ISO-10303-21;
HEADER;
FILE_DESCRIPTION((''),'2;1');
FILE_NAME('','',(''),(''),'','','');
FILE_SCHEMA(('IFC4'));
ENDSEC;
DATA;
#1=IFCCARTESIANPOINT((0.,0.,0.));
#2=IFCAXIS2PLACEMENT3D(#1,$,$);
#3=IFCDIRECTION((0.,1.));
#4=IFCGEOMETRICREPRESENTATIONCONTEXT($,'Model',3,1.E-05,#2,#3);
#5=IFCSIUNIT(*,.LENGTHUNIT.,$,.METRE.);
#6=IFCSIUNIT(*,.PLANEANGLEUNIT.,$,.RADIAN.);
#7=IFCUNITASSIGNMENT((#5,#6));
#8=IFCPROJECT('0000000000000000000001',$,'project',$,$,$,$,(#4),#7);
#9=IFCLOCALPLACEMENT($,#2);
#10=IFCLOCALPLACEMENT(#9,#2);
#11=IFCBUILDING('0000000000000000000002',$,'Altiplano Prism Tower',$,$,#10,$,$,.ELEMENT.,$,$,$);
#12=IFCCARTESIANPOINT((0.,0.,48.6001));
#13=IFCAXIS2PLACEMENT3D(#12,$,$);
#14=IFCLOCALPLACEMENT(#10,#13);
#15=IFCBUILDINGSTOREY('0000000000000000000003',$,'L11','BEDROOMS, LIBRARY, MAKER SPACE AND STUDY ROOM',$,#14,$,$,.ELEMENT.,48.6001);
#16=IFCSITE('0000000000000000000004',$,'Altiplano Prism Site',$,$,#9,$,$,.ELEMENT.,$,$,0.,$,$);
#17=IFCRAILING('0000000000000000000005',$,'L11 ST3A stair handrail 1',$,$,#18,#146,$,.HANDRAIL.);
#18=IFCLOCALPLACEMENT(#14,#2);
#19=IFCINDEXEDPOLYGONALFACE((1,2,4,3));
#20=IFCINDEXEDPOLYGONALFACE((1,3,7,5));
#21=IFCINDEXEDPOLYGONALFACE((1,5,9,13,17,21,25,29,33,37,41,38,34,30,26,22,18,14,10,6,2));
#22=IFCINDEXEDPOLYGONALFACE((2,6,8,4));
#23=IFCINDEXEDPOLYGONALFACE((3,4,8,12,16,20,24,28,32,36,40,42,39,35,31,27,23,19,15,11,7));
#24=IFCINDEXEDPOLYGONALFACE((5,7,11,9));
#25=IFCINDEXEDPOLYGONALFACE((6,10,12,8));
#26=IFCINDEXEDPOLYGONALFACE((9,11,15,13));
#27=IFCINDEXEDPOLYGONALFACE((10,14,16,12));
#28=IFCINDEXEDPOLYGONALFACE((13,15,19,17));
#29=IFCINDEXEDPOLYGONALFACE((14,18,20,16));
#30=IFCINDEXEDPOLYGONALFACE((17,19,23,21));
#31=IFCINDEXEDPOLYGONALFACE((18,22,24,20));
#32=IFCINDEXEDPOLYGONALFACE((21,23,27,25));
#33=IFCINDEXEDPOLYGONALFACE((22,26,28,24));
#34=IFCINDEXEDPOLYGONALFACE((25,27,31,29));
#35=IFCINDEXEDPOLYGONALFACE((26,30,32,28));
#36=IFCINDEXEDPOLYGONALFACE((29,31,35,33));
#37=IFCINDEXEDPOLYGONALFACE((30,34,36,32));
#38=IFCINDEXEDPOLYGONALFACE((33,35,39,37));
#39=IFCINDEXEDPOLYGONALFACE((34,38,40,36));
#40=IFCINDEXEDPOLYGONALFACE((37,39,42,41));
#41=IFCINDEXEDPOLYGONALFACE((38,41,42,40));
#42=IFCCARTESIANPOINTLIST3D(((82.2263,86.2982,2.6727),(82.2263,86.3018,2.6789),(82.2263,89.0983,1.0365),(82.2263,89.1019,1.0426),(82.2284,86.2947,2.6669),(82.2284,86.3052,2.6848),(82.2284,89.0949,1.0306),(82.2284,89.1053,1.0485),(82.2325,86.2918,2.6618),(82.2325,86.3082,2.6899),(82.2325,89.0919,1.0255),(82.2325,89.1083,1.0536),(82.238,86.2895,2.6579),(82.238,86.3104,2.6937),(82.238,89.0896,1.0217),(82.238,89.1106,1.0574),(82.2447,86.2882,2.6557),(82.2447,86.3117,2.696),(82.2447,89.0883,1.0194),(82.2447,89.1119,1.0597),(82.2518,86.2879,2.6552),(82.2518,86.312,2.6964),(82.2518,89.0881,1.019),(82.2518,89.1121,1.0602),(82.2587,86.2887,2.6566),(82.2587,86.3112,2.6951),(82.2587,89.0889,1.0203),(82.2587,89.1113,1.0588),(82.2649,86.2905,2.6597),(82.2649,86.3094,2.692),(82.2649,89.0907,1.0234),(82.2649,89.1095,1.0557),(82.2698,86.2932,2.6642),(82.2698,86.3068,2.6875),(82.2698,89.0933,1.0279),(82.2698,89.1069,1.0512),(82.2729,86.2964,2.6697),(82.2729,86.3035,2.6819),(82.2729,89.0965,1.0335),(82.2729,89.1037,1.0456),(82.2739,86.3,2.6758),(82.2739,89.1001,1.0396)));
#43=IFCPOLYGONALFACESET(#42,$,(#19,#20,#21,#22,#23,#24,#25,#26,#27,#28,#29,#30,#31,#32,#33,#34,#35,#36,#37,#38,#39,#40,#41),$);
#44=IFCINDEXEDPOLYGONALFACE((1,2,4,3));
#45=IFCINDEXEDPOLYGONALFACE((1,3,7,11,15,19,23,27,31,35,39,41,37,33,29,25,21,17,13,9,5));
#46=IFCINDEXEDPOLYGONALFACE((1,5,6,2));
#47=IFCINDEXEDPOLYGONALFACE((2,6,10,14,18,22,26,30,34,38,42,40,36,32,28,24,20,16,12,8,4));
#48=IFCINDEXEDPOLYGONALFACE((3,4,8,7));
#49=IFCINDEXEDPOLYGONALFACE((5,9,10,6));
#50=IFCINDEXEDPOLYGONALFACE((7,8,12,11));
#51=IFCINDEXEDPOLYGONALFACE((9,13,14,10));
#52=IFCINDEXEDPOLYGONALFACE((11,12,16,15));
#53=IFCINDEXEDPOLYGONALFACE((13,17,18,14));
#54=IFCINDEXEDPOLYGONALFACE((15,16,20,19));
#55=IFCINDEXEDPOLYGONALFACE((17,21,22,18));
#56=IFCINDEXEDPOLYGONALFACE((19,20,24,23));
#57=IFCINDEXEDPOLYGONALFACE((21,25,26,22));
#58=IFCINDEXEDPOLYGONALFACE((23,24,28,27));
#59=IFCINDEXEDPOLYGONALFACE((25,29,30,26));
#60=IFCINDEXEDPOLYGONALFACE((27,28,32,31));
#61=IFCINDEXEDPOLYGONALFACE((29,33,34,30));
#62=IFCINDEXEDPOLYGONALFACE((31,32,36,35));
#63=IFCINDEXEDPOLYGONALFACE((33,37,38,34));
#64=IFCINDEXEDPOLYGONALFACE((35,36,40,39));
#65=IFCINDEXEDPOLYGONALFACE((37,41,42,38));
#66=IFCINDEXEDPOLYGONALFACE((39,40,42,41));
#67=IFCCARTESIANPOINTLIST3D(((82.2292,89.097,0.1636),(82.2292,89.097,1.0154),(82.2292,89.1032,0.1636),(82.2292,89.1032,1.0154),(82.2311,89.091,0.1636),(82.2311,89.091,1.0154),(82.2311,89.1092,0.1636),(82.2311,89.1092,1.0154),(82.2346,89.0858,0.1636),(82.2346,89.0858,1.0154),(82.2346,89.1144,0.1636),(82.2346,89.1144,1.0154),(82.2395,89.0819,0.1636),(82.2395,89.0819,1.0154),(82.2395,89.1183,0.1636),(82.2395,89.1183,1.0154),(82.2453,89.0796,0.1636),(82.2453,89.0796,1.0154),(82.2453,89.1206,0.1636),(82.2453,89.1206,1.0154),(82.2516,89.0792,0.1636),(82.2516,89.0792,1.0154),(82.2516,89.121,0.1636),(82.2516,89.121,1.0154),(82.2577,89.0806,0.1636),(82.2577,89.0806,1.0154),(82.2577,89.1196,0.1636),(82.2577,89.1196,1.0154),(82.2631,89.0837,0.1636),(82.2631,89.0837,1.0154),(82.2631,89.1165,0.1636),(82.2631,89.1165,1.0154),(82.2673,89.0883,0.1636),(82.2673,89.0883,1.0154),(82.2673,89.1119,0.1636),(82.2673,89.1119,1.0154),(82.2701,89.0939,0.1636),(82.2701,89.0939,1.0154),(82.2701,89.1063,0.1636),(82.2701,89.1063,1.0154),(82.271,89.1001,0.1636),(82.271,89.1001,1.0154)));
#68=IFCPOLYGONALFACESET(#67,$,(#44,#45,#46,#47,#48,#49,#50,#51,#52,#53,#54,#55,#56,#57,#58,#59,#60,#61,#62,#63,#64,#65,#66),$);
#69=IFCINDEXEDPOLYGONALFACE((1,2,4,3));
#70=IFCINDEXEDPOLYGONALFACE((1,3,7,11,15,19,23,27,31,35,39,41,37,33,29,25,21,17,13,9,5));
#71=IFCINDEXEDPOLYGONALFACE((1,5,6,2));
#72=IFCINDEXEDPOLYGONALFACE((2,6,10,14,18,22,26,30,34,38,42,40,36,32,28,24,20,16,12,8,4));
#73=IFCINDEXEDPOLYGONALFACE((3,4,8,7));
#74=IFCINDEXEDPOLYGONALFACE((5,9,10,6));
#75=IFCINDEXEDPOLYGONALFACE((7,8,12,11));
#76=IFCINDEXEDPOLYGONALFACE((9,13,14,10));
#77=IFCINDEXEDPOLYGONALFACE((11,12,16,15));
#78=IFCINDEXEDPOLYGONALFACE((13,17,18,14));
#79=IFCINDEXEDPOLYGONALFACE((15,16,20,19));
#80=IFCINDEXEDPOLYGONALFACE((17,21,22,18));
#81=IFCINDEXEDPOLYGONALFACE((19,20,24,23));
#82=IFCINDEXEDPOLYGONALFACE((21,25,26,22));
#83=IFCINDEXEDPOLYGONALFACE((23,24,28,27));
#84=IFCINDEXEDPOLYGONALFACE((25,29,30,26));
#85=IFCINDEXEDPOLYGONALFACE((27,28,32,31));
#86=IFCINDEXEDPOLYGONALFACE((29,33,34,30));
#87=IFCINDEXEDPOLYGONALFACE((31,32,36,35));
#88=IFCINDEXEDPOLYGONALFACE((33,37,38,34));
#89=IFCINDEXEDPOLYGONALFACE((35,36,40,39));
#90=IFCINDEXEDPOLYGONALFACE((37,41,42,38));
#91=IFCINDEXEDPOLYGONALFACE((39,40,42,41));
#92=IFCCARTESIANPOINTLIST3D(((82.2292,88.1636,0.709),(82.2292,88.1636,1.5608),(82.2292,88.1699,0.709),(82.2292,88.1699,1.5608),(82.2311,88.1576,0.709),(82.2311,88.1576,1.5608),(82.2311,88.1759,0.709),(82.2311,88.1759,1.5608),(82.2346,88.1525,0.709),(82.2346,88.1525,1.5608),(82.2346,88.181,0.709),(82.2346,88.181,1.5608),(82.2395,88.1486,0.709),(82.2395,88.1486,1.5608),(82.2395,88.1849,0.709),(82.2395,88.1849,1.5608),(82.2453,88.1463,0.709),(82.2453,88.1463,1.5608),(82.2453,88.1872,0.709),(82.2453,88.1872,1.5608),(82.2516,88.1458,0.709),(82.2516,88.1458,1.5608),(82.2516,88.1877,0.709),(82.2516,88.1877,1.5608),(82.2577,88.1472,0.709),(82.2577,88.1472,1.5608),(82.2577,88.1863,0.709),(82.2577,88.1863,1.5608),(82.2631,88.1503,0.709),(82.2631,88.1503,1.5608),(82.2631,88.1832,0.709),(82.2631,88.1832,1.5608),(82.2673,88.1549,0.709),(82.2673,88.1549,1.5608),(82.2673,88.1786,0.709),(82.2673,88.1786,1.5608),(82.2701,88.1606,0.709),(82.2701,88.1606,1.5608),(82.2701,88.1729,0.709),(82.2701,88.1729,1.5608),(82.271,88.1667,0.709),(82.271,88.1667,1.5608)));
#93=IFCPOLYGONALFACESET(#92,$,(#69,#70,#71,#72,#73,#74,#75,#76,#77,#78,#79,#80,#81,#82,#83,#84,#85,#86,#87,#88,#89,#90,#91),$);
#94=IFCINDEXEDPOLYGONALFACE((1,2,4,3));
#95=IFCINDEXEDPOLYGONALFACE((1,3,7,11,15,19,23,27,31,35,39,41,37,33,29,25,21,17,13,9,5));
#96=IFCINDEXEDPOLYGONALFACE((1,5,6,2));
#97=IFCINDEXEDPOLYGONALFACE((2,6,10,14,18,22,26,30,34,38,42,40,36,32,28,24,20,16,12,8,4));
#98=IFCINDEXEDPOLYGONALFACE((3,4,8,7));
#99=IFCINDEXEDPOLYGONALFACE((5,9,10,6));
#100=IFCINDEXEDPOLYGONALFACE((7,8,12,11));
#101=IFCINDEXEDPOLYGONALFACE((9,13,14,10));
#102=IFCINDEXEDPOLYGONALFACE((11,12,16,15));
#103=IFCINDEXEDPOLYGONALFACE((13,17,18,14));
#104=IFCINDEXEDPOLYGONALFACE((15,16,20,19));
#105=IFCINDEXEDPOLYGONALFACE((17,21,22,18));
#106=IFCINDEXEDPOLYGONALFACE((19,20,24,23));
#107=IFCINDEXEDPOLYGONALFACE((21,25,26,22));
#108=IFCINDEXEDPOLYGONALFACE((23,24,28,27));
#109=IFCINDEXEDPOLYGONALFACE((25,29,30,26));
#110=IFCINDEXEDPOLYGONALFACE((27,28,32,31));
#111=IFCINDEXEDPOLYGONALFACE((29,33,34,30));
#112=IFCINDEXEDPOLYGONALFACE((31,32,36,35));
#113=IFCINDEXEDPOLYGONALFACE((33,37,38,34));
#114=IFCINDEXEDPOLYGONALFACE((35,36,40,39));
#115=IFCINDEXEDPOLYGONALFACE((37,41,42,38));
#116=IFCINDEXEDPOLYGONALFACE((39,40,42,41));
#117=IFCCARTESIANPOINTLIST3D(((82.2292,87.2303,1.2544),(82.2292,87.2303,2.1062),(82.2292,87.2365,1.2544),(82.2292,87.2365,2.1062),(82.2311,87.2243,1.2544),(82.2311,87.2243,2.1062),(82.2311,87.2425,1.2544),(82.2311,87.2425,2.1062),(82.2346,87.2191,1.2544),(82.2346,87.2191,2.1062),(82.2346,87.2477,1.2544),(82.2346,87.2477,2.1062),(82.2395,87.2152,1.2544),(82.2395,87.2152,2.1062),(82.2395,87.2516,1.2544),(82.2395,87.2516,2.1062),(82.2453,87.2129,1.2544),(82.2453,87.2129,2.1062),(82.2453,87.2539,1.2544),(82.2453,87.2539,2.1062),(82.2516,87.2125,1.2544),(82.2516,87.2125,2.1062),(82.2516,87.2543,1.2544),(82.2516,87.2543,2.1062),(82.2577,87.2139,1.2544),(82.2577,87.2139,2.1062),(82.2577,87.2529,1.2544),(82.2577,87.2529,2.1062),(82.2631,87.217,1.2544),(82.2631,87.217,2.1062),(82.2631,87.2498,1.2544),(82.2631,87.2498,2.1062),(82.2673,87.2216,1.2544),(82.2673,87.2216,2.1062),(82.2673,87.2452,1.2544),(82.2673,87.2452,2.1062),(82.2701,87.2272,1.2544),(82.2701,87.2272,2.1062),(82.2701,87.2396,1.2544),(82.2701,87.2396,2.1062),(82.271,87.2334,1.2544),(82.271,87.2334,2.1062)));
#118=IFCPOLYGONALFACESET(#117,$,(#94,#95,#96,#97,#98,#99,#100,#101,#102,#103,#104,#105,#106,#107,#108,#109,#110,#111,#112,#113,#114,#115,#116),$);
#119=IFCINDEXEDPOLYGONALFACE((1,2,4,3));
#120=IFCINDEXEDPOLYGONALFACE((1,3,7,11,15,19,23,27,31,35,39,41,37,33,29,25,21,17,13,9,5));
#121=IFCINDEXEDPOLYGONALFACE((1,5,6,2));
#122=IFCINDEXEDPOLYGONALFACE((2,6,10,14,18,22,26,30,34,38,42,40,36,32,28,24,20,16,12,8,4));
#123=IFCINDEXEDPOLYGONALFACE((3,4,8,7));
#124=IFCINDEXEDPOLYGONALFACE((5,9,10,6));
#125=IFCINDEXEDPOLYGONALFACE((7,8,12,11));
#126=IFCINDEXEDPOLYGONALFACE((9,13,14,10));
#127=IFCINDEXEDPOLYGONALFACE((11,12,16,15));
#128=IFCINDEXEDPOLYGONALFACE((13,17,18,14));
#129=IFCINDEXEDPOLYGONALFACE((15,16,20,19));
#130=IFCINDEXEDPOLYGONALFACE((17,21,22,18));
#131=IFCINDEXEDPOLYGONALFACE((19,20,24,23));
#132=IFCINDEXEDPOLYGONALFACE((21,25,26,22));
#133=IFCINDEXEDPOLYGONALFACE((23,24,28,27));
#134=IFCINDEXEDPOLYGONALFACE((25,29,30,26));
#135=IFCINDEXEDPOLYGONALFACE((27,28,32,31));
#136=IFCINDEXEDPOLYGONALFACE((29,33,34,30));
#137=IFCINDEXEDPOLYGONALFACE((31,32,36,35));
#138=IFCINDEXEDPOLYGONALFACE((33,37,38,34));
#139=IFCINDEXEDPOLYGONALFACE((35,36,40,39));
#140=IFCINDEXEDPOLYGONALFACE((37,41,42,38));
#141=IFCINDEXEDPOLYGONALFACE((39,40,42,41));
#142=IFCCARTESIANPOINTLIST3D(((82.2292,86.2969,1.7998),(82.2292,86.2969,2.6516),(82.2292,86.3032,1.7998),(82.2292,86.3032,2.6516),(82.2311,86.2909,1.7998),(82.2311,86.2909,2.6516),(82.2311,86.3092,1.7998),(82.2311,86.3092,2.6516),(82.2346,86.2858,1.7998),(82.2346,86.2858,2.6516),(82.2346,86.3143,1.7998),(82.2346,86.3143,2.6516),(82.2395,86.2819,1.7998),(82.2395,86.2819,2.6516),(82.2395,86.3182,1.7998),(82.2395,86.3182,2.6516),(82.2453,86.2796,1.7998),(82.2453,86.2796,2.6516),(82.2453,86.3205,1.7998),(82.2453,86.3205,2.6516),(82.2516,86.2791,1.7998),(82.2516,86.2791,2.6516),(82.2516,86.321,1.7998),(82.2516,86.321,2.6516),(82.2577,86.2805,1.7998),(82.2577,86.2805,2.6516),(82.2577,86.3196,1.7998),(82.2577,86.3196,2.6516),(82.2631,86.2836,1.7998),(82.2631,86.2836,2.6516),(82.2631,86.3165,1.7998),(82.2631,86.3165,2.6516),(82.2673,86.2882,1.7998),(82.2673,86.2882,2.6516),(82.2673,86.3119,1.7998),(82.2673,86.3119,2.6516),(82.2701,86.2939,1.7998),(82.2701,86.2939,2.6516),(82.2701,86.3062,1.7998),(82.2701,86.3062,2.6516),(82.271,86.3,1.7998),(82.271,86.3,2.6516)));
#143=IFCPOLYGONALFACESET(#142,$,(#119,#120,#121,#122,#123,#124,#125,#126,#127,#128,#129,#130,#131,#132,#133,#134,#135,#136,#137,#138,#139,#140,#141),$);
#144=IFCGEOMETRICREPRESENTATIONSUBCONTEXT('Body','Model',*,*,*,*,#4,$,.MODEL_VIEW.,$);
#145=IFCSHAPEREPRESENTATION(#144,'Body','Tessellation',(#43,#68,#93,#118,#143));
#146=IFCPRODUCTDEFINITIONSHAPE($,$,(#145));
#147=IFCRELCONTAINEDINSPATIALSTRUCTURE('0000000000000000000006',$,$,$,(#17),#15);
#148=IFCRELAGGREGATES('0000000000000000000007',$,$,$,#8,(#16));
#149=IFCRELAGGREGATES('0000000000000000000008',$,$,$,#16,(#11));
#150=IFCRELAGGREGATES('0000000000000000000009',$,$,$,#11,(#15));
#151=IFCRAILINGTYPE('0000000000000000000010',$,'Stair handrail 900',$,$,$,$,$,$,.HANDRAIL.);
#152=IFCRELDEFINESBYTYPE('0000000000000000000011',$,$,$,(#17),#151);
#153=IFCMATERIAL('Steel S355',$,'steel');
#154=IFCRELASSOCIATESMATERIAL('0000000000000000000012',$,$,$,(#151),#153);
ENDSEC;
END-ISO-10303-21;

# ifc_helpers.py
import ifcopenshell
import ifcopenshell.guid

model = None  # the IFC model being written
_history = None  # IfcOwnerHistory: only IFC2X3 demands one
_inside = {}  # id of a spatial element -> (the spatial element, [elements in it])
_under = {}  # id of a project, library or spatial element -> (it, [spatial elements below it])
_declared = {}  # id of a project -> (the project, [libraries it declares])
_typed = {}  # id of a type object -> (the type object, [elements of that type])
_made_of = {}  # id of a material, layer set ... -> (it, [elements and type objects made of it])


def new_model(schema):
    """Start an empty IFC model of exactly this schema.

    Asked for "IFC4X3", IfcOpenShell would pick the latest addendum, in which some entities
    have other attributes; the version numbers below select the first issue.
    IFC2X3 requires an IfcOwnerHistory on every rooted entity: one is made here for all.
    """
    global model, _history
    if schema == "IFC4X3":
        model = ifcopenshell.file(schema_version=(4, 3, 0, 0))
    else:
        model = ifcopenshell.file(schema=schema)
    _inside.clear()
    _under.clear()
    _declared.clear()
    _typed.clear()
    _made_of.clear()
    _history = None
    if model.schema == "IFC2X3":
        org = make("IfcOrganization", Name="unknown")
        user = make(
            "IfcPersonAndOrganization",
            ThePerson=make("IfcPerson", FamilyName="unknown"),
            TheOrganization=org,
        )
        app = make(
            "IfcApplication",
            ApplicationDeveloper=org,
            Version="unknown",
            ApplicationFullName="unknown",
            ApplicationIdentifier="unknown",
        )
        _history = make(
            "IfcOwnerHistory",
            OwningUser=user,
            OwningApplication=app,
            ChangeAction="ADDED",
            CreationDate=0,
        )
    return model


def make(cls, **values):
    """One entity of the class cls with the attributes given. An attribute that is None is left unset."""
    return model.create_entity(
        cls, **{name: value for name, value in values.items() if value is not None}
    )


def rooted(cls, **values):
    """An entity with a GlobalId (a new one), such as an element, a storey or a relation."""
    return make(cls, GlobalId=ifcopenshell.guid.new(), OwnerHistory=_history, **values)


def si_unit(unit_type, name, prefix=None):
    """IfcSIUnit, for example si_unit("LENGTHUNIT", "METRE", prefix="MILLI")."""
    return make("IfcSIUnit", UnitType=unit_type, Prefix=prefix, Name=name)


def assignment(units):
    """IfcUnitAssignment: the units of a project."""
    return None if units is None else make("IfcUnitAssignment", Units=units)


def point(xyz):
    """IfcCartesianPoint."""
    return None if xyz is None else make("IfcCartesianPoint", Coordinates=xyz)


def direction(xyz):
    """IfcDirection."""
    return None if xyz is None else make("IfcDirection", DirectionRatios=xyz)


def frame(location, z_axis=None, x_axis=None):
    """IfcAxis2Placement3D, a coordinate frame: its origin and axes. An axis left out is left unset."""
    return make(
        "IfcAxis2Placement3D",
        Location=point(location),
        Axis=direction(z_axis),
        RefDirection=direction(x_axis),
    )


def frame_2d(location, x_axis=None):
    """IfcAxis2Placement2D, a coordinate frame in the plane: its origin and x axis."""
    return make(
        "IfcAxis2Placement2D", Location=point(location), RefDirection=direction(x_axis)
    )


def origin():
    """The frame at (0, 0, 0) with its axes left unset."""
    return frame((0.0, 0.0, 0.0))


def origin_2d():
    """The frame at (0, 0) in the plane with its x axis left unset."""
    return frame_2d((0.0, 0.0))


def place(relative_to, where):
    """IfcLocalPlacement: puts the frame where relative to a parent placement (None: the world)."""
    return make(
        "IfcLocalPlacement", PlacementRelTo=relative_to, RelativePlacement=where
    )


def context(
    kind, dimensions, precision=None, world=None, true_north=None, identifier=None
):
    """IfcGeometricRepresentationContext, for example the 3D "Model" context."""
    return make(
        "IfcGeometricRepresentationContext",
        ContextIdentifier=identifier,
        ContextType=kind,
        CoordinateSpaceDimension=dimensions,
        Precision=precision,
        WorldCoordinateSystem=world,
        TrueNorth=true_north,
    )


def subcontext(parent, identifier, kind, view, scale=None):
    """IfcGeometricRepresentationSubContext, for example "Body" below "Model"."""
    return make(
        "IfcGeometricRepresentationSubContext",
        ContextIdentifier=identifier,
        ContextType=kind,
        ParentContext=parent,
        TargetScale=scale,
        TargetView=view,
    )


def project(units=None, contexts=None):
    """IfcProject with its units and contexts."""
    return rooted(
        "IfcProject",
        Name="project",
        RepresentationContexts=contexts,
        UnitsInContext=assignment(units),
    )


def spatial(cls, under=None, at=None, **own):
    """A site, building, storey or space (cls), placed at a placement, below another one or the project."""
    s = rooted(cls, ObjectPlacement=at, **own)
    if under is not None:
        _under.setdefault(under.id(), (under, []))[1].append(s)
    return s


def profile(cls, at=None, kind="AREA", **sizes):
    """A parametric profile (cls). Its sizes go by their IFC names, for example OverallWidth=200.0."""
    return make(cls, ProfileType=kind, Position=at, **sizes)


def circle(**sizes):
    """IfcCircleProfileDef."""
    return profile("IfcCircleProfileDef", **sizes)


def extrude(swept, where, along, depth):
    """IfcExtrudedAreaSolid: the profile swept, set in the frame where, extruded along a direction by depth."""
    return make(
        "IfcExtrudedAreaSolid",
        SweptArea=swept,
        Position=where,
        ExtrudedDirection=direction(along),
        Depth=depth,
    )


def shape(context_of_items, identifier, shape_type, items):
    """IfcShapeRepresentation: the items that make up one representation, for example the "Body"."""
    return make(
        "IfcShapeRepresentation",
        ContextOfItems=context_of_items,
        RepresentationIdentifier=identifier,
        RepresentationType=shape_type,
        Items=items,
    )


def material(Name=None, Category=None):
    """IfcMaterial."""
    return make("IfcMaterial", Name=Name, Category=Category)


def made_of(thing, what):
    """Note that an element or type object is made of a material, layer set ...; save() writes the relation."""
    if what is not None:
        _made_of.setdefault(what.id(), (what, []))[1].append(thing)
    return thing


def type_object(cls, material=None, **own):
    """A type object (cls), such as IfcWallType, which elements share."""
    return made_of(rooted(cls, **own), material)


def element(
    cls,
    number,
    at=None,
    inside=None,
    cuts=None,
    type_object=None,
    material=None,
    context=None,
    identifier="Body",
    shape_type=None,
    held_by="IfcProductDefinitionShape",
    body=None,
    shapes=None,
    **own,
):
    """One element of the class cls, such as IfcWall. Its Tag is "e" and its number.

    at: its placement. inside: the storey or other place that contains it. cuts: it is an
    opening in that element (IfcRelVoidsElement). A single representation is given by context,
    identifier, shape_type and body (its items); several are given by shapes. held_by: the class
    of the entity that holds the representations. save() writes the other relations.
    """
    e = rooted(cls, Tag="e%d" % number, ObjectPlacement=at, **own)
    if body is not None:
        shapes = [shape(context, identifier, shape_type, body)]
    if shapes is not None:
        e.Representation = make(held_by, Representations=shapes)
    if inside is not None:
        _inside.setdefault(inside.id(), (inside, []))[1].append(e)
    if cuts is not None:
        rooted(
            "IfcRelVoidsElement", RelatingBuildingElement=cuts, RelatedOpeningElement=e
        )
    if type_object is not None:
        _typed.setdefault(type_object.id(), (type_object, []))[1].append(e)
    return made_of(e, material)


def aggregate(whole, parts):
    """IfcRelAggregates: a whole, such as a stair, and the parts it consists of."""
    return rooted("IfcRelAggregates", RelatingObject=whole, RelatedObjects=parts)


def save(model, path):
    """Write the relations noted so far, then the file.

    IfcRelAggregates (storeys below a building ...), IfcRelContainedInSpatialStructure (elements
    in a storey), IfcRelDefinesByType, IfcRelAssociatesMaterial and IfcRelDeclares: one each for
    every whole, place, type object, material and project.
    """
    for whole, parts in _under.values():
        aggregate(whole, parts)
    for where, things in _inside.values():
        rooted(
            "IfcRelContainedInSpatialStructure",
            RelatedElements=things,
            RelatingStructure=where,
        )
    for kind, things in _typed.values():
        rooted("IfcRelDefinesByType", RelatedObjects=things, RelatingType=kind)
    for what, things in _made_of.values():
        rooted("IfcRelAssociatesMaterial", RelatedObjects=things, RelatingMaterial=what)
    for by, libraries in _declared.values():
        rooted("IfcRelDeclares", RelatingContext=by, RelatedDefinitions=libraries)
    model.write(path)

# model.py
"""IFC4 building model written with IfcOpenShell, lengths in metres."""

from ifc_helpers import new_model, si_unit, direction, frame, origin, origin_2d, place, context, subcontext, project, spatial, circle, extrude, material, type_object, element, save


model = new_model("IFC4")

# Units and contexts
model_context = context("Model", 3, precision=1e-05, world=origin(), true_north=direction((0.0, 1.0)))
body_context = subcontext(model_context, "Body", "Model", "MODEL_VIEW")
ifc_project = project(units=[si_unit("LENGTHUNIT", "METRE"), si_unit("PLANEANGLEUNIT", "RADIAN")], contexts=[model_context])

# Site, building, storey
site_placement = place(None, origin())
site = spatial("IfcSite", under=ifc_project, at=site_placement, Name="Altiplano Prism Site", CompositionType="ELEMENT", RefElevation=0.0)
building_placement = place(site_placement, origin())
building = spatial("IfcBuilding", under=site, at=building_placement, Name="Altiplano Prism Tower", CompositionType="ELEMENT")
storey_placement = place(building_placement, frame((0.0, 0.0, 48.6001)))
storey = spatial("IfcBuildingStorey", under=building, at=storey_placement, Name="L11", Description="BEDROOMS, LIBRARY, MAKER SPACE AND STUDY ROOM", CompositionType="ELEMENT", Elevation=48.6001)

# Railing
ifc_material_1 = material(Name="Steel S355", Category="steel")
railing_type_1 = type_object("IfcRailingType", Name="Stair handrail 900", PredefinedType="HANDRAIL", material=ifc_material_1)
railing_1_placement = place(storey_placement, frame((82.25, 89.1001, 0.1636)))
element("IfcRailing", 1, at=railing_1_placement, inside=storey, type_object=railing_type_1, Name="L11 ST3A stair handrail 1", PredefinedType="HANDRAIL", context=body_context, shape_type="SweptSolid", body=[
    extrude(circle(Radius=0.0239, at=origin_2d()), frame((0.0, 0.0, 0.876), z_axis=(0.0, -0.863394, 0.504531), x_axis=(1.0, 0.0, 0.0)), (0.0, 0.0, 1.0), 3.2432),
    extrude(circle(Radius=0.021, at=origin_2d()), origin(), (0.0, 0.0, 1.0), 0.8518),
    extrude(circle(Radius=0.021, at=origin_2d()), frame((0.0, -0.9333, 0.5454)), (0.0, 0.0, 1.0), 0.8518),
    extrude(circle(Radius=0.021, at=origin_2d()), frame((0.0, -1.8667, 1.0908)), (0.0, 0.0, 1.0), 0.8518),
    extrude(circle(Radius=0.021, at=origin_2d()), frame((0.0, -2.8, 1.6362)), (0.0, 0.0, 1.0), 0.8518),
])

save(model, "model.ifc")
